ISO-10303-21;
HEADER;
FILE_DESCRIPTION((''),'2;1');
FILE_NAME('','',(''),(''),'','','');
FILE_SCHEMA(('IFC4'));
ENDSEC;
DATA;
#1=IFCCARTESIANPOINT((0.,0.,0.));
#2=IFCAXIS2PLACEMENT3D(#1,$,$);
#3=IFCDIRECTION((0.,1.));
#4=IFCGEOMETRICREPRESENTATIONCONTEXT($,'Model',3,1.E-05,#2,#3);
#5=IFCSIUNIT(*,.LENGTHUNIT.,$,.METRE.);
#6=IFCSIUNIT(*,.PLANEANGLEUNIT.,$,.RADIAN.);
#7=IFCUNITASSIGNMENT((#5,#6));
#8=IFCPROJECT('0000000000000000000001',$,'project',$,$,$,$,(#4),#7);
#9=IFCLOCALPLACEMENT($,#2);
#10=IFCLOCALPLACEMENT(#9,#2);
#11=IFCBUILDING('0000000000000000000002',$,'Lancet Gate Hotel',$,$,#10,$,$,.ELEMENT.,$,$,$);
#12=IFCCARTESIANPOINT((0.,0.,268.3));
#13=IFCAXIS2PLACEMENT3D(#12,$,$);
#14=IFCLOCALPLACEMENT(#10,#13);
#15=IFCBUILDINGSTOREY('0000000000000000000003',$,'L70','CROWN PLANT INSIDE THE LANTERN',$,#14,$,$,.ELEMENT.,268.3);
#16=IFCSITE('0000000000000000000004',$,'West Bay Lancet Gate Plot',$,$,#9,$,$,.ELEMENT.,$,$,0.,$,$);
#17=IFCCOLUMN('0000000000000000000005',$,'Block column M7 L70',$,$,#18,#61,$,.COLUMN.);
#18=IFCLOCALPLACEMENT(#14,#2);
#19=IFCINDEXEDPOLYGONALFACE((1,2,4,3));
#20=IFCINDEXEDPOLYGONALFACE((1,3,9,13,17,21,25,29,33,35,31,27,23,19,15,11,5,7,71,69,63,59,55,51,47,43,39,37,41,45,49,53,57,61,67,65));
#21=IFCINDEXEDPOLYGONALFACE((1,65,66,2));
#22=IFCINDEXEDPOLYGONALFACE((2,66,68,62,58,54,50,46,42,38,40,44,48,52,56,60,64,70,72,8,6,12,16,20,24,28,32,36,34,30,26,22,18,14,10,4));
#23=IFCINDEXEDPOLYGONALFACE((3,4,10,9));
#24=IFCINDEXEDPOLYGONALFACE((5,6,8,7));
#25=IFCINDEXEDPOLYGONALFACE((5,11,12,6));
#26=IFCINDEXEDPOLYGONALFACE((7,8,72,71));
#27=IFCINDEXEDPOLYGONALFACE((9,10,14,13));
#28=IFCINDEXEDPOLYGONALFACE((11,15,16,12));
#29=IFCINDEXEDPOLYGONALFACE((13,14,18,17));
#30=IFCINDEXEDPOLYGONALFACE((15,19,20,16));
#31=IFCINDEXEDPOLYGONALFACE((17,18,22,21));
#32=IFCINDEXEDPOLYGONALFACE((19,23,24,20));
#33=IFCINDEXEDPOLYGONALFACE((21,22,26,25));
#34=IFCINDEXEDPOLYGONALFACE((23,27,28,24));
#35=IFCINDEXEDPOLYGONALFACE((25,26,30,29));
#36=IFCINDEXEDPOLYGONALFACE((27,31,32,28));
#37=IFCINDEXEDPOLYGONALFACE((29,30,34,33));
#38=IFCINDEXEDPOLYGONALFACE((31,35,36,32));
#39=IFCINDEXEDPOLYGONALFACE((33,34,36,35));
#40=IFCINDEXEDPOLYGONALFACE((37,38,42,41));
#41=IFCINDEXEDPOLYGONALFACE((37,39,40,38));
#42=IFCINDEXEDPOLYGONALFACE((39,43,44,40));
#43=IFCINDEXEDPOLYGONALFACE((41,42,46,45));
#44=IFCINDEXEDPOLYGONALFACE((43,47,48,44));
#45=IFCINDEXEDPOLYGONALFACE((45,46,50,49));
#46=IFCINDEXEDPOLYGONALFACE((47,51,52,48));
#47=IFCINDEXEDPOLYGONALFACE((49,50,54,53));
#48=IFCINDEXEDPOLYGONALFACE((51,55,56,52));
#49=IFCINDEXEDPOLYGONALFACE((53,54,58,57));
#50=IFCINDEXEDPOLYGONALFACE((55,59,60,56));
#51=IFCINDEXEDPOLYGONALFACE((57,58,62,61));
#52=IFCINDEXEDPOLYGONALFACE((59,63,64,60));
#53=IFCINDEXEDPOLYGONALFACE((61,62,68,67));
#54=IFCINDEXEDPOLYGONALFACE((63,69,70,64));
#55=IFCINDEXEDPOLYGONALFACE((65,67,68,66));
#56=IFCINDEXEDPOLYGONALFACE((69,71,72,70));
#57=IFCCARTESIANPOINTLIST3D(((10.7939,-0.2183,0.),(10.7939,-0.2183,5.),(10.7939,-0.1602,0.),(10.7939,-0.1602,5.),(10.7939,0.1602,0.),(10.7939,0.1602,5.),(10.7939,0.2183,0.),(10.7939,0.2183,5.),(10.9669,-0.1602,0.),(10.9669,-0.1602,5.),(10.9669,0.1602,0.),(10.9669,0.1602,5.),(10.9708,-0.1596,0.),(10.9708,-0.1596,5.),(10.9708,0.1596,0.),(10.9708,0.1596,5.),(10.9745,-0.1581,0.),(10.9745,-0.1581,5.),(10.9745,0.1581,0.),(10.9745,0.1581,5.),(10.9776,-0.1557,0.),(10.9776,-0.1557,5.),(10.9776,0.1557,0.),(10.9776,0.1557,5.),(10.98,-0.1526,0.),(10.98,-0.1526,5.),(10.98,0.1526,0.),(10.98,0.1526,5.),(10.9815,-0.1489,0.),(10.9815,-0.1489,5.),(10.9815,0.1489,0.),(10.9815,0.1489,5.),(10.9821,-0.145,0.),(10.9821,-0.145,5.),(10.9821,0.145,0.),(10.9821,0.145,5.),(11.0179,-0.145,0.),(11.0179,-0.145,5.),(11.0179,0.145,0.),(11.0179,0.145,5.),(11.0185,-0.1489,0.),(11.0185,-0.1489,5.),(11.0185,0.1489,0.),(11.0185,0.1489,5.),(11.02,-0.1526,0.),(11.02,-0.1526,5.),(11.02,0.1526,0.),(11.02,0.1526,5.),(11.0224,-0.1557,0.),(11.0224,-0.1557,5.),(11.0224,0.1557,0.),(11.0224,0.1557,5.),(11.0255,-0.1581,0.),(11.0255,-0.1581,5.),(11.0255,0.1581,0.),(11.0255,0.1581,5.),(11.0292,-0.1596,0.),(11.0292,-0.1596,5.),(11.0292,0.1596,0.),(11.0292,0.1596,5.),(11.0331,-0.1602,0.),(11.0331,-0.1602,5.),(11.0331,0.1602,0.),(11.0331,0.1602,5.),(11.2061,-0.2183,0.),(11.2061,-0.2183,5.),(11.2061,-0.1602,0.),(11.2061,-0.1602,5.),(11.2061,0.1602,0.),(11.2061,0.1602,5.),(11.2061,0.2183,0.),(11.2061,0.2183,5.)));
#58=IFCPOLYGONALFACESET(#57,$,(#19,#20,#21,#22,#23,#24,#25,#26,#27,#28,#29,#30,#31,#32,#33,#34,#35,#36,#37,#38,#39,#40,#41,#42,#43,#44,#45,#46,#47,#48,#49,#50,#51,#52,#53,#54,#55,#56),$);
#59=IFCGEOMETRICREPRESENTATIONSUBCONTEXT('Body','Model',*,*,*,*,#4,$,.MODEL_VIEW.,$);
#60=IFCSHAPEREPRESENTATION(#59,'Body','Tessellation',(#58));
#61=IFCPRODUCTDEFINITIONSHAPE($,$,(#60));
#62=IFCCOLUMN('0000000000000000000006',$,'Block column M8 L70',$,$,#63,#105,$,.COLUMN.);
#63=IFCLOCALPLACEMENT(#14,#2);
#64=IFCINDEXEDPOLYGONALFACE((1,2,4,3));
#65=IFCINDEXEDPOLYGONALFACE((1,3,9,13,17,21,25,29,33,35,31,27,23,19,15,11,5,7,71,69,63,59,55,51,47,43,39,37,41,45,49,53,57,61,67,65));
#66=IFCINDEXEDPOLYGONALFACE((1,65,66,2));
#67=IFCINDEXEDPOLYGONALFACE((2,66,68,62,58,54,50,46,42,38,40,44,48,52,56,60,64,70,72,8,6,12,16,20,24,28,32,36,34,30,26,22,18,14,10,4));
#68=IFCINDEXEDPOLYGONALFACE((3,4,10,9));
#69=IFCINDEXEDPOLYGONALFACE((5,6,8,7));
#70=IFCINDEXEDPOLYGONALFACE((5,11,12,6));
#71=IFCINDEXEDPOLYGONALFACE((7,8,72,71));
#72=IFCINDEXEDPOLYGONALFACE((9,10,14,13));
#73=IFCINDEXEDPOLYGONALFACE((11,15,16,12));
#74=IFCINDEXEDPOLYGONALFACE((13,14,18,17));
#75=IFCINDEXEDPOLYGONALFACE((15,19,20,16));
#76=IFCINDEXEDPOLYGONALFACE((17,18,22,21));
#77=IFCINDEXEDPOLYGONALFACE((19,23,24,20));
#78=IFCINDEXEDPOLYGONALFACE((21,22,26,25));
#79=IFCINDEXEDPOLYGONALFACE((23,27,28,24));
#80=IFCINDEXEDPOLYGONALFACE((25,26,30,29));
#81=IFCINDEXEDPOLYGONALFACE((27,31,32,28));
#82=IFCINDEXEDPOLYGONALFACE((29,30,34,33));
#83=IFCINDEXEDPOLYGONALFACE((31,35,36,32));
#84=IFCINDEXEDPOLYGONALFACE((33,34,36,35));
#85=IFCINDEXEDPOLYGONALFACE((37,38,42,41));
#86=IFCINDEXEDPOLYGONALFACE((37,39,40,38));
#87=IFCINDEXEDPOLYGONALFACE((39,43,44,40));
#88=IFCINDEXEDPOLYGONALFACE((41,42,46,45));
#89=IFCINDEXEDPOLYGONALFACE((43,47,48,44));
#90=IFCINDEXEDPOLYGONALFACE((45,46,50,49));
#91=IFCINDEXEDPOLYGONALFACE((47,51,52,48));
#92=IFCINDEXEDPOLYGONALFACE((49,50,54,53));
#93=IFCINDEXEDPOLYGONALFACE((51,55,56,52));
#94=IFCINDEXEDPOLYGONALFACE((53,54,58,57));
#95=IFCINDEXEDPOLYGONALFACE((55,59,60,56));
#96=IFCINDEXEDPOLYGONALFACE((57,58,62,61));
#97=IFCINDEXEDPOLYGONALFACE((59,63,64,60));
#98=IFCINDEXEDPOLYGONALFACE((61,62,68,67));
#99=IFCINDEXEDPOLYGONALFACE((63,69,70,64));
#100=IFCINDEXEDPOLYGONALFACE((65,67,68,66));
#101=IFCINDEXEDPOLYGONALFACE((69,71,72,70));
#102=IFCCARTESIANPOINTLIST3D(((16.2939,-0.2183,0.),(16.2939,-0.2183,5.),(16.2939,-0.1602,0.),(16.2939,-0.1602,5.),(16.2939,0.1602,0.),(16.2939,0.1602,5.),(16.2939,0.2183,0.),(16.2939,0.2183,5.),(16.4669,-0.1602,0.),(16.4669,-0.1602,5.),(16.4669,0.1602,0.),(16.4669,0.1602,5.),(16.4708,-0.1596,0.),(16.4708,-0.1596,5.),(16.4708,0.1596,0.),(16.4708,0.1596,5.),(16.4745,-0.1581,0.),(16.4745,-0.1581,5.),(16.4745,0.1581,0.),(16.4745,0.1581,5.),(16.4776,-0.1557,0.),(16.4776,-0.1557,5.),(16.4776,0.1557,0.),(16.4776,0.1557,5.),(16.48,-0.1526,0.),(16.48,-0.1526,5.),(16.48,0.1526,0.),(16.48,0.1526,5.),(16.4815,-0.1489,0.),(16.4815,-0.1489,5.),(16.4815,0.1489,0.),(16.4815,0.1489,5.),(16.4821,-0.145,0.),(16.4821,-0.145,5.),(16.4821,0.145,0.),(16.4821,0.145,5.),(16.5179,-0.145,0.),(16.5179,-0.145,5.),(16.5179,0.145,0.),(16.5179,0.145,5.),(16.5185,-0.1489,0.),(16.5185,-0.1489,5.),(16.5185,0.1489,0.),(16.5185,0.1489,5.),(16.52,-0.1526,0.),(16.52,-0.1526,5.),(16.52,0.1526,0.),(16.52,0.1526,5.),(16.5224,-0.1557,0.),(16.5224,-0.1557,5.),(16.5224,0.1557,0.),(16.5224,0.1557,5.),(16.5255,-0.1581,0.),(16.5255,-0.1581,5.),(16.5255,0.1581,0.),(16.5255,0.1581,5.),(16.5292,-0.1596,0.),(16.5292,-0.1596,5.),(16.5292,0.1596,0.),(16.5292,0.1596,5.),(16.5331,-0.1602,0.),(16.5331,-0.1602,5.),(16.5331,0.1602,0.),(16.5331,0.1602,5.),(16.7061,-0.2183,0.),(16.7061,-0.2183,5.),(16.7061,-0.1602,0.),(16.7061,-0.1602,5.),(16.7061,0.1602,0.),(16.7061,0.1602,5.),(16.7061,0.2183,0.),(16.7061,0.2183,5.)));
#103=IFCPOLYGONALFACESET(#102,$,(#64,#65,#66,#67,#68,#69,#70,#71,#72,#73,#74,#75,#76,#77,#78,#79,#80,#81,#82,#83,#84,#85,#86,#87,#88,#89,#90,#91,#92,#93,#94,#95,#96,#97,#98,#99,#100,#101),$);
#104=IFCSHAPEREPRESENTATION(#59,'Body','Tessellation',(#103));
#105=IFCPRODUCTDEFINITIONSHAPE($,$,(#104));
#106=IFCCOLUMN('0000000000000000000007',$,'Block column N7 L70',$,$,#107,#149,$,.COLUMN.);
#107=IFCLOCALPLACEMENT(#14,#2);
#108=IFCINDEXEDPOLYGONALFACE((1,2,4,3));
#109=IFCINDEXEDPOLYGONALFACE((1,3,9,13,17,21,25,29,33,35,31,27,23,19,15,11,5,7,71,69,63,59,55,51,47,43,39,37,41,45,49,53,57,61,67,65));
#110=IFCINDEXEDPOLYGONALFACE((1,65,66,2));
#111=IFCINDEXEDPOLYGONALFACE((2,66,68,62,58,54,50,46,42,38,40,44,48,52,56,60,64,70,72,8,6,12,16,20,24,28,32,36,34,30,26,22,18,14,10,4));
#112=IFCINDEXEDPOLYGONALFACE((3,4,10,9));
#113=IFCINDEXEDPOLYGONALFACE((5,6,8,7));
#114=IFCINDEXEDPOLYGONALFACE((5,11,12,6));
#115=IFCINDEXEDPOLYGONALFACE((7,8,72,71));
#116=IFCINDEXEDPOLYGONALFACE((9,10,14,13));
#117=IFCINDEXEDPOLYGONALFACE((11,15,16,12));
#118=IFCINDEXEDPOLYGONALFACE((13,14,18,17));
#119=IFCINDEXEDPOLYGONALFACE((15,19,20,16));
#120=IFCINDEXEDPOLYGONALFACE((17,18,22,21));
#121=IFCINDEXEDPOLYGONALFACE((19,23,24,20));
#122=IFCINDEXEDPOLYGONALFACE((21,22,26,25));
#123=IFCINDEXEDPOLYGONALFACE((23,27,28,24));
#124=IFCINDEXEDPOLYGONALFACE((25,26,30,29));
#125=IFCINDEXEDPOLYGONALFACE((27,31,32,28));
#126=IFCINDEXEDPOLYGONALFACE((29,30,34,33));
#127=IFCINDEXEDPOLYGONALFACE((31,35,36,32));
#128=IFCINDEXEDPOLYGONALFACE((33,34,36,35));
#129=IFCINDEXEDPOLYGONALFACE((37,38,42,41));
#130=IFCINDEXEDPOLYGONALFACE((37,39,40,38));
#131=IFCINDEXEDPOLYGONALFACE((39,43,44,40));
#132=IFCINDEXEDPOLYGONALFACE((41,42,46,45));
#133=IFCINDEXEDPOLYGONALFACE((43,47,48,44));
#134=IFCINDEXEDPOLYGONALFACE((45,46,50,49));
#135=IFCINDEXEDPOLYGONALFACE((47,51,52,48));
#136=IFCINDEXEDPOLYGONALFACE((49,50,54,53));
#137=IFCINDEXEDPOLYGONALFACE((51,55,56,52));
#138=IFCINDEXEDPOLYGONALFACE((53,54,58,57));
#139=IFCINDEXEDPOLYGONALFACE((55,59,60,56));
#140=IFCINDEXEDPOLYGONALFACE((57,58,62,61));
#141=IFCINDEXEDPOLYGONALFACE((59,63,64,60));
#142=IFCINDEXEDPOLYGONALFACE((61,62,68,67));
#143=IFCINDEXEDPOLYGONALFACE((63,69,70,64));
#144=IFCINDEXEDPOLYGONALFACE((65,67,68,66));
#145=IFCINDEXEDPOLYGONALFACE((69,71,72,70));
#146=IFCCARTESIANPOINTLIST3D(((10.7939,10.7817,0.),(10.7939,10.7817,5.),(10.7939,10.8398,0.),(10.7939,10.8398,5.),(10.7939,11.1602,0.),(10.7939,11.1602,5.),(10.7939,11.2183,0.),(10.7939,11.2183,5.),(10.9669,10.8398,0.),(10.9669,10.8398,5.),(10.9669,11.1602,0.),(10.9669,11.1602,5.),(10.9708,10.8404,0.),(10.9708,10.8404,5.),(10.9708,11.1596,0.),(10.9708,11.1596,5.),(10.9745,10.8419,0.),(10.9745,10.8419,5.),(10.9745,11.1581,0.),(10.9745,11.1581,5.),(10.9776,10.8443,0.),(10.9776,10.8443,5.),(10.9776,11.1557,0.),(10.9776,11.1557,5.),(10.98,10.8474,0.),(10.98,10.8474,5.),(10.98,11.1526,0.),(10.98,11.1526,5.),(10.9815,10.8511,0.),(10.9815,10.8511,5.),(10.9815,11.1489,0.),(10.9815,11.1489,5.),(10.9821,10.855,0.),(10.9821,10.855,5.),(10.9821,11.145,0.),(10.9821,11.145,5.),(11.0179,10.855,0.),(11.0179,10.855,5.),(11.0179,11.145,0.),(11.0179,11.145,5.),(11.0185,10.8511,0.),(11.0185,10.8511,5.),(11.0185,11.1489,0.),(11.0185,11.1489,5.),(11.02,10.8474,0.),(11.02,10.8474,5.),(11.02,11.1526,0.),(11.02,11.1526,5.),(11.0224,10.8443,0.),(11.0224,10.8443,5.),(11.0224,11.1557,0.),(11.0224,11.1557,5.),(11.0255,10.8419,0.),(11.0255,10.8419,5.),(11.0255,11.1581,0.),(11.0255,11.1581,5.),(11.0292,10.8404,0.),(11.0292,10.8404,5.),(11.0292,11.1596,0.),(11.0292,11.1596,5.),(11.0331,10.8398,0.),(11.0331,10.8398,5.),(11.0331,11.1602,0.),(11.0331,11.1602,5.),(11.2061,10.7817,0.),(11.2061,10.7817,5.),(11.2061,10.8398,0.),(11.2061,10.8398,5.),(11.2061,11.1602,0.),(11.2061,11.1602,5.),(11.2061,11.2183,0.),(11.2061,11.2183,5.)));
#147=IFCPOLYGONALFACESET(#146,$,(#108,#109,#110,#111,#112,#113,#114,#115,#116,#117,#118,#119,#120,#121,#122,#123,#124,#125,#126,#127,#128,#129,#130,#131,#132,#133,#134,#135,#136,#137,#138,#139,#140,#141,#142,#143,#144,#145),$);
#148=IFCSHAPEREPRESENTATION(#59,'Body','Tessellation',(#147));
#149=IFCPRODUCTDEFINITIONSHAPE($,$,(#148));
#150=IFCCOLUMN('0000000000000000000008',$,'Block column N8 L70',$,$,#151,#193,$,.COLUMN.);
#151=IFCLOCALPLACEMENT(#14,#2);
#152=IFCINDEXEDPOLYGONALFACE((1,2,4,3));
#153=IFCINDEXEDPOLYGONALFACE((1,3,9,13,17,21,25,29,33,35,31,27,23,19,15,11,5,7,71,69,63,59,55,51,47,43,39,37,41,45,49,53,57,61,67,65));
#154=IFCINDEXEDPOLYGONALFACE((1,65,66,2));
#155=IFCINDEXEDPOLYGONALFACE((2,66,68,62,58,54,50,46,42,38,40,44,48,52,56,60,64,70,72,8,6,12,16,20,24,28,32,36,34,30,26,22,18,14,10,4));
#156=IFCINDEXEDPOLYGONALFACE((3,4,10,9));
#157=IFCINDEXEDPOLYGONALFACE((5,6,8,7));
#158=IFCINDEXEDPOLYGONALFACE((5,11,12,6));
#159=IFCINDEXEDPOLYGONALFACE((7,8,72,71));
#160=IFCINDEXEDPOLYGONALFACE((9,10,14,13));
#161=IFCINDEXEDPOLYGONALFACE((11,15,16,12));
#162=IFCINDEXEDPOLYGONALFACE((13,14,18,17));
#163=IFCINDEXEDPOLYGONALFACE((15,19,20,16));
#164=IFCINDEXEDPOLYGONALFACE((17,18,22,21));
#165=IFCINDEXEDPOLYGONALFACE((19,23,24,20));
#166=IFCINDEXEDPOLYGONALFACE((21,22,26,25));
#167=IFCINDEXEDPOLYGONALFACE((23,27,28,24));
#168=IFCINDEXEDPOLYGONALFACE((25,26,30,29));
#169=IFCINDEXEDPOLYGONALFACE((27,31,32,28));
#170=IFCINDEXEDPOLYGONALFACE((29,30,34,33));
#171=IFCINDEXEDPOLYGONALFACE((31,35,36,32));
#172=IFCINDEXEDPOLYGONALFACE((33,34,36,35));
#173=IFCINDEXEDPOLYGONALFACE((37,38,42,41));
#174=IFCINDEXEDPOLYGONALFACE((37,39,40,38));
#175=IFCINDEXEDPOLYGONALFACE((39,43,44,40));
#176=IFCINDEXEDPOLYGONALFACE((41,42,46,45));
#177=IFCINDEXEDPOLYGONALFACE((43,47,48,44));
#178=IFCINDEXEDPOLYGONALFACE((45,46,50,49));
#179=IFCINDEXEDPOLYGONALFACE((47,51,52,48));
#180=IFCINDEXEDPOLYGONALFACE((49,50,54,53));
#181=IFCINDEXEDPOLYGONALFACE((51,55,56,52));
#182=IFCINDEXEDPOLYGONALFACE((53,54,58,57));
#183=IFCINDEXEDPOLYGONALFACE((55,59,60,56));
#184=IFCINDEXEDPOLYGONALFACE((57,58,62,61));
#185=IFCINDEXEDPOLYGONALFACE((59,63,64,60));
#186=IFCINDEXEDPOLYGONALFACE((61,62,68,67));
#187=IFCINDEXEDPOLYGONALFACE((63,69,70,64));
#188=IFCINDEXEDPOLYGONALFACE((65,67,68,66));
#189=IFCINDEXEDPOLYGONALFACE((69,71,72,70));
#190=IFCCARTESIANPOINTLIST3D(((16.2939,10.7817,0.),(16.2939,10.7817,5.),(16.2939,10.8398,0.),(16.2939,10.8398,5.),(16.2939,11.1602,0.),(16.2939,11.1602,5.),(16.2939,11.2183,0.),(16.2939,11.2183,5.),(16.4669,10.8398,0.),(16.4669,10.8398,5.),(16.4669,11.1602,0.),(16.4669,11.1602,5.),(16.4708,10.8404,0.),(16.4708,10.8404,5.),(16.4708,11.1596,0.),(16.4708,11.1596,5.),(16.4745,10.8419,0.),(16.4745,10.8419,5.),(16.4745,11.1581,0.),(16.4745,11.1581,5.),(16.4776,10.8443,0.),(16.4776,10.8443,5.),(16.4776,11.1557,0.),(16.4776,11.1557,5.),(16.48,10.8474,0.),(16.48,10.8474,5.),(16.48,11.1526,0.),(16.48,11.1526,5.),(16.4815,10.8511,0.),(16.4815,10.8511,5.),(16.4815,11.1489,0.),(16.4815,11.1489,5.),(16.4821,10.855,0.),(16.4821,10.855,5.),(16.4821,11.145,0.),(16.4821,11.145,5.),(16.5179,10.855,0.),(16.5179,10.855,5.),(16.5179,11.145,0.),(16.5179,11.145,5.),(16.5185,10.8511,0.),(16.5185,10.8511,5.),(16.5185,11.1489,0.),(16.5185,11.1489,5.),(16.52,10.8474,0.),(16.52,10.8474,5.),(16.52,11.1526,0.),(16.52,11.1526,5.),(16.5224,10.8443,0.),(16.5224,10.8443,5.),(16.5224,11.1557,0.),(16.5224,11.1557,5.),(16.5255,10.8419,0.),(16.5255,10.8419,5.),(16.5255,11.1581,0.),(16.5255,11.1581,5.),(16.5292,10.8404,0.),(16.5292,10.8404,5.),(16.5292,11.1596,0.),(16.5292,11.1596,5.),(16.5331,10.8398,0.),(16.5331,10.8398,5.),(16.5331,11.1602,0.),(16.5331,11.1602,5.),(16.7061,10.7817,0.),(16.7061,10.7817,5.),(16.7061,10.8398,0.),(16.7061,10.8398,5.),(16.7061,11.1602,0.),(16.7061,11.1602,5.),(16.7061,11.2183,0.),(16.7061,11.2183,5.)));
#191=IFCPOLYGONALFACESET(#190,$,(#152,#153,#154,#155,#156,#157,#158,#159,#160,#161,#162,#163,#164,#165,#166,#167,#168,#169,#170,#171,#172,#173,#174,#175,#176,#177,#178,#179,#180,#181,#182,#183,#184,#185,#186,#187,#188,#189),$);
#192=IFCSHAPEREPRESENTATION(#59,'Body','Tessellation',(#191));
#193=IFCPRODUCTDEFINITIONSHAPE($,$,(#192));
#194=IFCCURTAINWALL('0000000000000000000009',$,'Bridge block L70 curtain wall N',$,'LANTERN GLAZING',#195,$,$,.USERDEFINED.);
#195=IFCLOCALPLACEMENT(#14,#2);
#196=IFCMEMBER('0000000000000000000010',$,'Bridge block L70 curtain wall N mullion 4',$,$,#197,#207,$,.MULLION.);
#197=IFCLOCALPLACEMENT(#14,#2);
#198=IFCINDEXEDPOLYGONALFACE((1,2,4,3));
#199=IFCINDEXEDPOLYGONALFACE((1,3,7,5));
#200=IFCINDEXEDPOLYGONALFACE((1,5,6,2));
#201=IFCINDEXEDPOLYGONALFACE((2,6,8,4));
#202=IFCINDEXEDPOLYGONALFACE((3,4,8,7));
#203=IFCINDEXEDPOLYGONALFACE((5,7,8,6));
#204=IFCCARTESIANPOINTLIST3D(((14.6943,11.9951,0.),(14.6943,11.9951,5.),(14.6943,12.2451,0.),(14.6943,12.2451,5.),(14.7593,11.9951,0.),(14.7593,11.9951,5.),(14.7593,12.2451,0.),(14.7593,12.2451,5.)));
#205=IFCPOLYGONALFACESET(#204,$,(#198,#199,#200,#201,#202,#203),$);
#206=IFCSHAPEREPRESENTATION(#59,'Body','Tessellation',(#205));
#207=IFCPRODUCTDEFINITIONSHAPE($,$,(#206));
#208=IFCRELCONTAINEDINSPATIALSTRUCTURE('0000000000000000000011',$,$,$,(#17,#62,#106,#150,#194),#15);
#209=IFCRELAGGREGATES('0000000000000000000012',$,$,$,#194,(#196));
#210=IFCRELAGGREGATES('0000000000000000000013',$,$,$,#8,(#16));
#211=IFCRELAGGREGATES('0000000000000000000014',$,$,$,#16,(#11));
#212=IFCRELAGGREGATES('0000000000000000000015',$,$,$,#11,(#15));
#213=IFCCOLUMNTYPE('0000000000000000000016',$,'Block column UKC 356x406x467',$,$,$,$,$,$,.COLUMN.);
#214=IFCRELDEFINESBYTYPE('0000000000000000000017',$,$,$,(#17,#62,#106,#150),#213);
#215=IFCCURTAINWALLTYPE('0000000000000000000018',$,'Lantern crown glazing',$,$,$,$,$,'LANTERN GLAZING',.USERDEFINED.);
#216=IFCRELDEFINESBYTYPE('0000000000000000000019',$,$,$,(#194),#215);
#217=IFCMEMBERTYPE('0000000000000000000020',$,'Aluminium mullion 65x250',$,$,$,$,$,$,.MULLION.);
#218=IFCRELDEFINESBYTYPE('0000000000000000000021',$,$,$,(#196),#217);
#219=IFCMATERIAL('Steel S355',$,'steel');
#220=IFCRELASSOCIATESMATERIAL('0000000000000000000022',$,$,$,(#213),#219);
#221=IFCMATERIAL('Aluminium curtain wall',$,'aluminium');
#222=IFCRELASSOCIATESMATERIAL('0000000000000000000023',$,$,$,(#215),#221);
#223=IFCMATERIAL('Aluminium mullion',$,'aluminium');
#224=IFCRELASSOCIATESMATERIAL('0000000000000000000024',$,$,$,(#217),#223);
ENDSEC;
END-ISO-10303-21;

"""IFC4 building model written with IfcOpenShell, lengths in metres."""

from ifc_helpers import new_model, si_unit, direction, frame, origin, origin_2d, place, context, subcontext, project, spatial, rectangle, i_section, extrude, material, material_profile, profile_set, type_object, element, aggregate, save


model = new_model("IFC4")

# Units and contexts
model_context = context("Model", 3, precision=1e-05, world=origin(), true_north=direction((0.0, 1.0)))
body_context = subcontext(model_context, "Body", "Model", "MODEL_VIEW")
ifc_project = project(units=[si_unit("LENGTHUNIT", "METRE"), si_unit("PLANEANGLEUNIT", "RADIAN")], contexts=[model_context])

# Site, building, storey
site_placement = place(None, origin())
site = spatial("IfcSite", under=ifc_project, at=site_placement, Name="West Bay Lancet Gate Plot", CompositionType="ELEMENT", RefElevation=0.0)
building_placement = place(site_placement, origin())
building = spatial("IfcBuilding", under=site, at=building_placement, Name="Lancet Gate Hotel", CompositionType="ELEMENT")
storey_placement = place(building_placement, frame((0.0, 0.0, 268.3)))
storey = spatial("IfcBuildingStorey", under=building, at=storey_placement, Name="L70", Description="CROWN PLANT INSIDE THE LANTERN", CompositionType="ELEMENT", Elevation=268.3)

# Columns
ifc_material_1 = material(Name="Steel S355", Category="steel")
ifc_material_profile_1 = material_profile(ifc_material_1, i_section(OverallWidth=0.4121, OverallDepth=0.4365, WebThickness=0.0359, FlangeThickness=0.0581, FilletRadius=0.0151, at=origin_2d()), Name="UKC 356x406x467")
ifc_profile_set_1 = profile_set([ifc_material_profile_1], Name="Steel S355")
column_type = type_object("IfcColumnType", Name="Block column UKC 356x406x467", PredefinedType="COLUMN", material=ifc_profile_set_1)
for number, where, z_axis, x_axis, name in (
    (1, (11.0, 0.0, 0.0), (0.0, 0.0, 1.0), (1.0, 0.0, 0.0), "Block column M7 L70"),
    (2, (16.5, 0.0, 0.0), (0.0, 0.0, 1.0), (1.0, 0.0, 0.0), "Block column M8 L70"),
    (3, (11.0, 11.0, 0.0), (0.0, 0.0, 1.0), (1.0, 0.0, 0.0), "Block column N7 L70"),
    (4, (16.5, 11.0, 0.0), (0.0, 0.0, 1.0), (1.0, 0.0, 0.0), "Block column N8 L70"),
):
    element("IfcColumn", number, at=place(storey_placement, frame(where, z_axis=z_axis, x_axis=x_axis)), inside=storey, type_object=column_type, Name=name, PredefinedType="COLUMN", context=body_context, shape_type="SweptSolid", body=[
        extrude(i_section(OverallWidth=0.4121, OverallDepth=0.4365, WebThickness=0.0359, FlangeThickness=0.0581, FilletRadius=0.0151, at=origin_2d()), origin(), (0.0, 0.0, 1.0), 5.0),
    ])

# Curtain wall, member
ifc_material_2 = material(Name="Aluminium curtain wall", Category="aluminium")
curtain_wall_type_1 = type_object("IfcCurtainWallType", Name="Lantern crown glazing", ElementType="LANTERN GLAZING", PredefinedType="USERDEFINED", material=ifc_material_2)
curtain_wall_1_placement = place(storey_placement, origin())
curtain_wall_1 = element("IfcCurtainWall", 5, at=curtain_wall_1_placement, inside=storey, type_object=curtain_wall_type_1, Name="Bridge block L70 curtain wall N", ObjectType="LANTERN GLAZING", PredefinedType="USERDEFINED")
ifc_material_3 = material(Name="Aluminium mullion", Category="aluminium")
ifc_material_profile_2 = material_profile(ifc_material_3, rectangle(XDim=0.0649, YDim=0.25, at=origin_2d()), Name="MULLION 65x250")
ifc_profile_set_2 = profile_set([ifc_material_profile_2], Name="Aluminium mullion")
member_type_1 = type_object("IfcMemberType", Name="Aluminium mullion 65x250", PredefinedType="MULLION", material=ifc_profile_set_2)
member_1_placement = place(storey_placement, frame((14.7268, 12.1201, 0.0), z_axis=(0.0, 0.0, 1.0), x_axis=(-1.0, 0.0, 0.0)))
member_1 = element("IfcMember", 6, at=member_1_placement, type_object=member_type_1, Name="Bridge block L70 curtain wall N mullion 4", PredefinedType="MULLION", context=body_context, shape_type="SweptSolid", body=[
    extrude(rectangle(XDim=0.0649, YDim=0.25, at=origin_2d()), origin(), (0.0, 0.0, 1.0), 5.0),
])

aggregate(curtain_wall_1, [member_1])

save(model, "model.ifc")
